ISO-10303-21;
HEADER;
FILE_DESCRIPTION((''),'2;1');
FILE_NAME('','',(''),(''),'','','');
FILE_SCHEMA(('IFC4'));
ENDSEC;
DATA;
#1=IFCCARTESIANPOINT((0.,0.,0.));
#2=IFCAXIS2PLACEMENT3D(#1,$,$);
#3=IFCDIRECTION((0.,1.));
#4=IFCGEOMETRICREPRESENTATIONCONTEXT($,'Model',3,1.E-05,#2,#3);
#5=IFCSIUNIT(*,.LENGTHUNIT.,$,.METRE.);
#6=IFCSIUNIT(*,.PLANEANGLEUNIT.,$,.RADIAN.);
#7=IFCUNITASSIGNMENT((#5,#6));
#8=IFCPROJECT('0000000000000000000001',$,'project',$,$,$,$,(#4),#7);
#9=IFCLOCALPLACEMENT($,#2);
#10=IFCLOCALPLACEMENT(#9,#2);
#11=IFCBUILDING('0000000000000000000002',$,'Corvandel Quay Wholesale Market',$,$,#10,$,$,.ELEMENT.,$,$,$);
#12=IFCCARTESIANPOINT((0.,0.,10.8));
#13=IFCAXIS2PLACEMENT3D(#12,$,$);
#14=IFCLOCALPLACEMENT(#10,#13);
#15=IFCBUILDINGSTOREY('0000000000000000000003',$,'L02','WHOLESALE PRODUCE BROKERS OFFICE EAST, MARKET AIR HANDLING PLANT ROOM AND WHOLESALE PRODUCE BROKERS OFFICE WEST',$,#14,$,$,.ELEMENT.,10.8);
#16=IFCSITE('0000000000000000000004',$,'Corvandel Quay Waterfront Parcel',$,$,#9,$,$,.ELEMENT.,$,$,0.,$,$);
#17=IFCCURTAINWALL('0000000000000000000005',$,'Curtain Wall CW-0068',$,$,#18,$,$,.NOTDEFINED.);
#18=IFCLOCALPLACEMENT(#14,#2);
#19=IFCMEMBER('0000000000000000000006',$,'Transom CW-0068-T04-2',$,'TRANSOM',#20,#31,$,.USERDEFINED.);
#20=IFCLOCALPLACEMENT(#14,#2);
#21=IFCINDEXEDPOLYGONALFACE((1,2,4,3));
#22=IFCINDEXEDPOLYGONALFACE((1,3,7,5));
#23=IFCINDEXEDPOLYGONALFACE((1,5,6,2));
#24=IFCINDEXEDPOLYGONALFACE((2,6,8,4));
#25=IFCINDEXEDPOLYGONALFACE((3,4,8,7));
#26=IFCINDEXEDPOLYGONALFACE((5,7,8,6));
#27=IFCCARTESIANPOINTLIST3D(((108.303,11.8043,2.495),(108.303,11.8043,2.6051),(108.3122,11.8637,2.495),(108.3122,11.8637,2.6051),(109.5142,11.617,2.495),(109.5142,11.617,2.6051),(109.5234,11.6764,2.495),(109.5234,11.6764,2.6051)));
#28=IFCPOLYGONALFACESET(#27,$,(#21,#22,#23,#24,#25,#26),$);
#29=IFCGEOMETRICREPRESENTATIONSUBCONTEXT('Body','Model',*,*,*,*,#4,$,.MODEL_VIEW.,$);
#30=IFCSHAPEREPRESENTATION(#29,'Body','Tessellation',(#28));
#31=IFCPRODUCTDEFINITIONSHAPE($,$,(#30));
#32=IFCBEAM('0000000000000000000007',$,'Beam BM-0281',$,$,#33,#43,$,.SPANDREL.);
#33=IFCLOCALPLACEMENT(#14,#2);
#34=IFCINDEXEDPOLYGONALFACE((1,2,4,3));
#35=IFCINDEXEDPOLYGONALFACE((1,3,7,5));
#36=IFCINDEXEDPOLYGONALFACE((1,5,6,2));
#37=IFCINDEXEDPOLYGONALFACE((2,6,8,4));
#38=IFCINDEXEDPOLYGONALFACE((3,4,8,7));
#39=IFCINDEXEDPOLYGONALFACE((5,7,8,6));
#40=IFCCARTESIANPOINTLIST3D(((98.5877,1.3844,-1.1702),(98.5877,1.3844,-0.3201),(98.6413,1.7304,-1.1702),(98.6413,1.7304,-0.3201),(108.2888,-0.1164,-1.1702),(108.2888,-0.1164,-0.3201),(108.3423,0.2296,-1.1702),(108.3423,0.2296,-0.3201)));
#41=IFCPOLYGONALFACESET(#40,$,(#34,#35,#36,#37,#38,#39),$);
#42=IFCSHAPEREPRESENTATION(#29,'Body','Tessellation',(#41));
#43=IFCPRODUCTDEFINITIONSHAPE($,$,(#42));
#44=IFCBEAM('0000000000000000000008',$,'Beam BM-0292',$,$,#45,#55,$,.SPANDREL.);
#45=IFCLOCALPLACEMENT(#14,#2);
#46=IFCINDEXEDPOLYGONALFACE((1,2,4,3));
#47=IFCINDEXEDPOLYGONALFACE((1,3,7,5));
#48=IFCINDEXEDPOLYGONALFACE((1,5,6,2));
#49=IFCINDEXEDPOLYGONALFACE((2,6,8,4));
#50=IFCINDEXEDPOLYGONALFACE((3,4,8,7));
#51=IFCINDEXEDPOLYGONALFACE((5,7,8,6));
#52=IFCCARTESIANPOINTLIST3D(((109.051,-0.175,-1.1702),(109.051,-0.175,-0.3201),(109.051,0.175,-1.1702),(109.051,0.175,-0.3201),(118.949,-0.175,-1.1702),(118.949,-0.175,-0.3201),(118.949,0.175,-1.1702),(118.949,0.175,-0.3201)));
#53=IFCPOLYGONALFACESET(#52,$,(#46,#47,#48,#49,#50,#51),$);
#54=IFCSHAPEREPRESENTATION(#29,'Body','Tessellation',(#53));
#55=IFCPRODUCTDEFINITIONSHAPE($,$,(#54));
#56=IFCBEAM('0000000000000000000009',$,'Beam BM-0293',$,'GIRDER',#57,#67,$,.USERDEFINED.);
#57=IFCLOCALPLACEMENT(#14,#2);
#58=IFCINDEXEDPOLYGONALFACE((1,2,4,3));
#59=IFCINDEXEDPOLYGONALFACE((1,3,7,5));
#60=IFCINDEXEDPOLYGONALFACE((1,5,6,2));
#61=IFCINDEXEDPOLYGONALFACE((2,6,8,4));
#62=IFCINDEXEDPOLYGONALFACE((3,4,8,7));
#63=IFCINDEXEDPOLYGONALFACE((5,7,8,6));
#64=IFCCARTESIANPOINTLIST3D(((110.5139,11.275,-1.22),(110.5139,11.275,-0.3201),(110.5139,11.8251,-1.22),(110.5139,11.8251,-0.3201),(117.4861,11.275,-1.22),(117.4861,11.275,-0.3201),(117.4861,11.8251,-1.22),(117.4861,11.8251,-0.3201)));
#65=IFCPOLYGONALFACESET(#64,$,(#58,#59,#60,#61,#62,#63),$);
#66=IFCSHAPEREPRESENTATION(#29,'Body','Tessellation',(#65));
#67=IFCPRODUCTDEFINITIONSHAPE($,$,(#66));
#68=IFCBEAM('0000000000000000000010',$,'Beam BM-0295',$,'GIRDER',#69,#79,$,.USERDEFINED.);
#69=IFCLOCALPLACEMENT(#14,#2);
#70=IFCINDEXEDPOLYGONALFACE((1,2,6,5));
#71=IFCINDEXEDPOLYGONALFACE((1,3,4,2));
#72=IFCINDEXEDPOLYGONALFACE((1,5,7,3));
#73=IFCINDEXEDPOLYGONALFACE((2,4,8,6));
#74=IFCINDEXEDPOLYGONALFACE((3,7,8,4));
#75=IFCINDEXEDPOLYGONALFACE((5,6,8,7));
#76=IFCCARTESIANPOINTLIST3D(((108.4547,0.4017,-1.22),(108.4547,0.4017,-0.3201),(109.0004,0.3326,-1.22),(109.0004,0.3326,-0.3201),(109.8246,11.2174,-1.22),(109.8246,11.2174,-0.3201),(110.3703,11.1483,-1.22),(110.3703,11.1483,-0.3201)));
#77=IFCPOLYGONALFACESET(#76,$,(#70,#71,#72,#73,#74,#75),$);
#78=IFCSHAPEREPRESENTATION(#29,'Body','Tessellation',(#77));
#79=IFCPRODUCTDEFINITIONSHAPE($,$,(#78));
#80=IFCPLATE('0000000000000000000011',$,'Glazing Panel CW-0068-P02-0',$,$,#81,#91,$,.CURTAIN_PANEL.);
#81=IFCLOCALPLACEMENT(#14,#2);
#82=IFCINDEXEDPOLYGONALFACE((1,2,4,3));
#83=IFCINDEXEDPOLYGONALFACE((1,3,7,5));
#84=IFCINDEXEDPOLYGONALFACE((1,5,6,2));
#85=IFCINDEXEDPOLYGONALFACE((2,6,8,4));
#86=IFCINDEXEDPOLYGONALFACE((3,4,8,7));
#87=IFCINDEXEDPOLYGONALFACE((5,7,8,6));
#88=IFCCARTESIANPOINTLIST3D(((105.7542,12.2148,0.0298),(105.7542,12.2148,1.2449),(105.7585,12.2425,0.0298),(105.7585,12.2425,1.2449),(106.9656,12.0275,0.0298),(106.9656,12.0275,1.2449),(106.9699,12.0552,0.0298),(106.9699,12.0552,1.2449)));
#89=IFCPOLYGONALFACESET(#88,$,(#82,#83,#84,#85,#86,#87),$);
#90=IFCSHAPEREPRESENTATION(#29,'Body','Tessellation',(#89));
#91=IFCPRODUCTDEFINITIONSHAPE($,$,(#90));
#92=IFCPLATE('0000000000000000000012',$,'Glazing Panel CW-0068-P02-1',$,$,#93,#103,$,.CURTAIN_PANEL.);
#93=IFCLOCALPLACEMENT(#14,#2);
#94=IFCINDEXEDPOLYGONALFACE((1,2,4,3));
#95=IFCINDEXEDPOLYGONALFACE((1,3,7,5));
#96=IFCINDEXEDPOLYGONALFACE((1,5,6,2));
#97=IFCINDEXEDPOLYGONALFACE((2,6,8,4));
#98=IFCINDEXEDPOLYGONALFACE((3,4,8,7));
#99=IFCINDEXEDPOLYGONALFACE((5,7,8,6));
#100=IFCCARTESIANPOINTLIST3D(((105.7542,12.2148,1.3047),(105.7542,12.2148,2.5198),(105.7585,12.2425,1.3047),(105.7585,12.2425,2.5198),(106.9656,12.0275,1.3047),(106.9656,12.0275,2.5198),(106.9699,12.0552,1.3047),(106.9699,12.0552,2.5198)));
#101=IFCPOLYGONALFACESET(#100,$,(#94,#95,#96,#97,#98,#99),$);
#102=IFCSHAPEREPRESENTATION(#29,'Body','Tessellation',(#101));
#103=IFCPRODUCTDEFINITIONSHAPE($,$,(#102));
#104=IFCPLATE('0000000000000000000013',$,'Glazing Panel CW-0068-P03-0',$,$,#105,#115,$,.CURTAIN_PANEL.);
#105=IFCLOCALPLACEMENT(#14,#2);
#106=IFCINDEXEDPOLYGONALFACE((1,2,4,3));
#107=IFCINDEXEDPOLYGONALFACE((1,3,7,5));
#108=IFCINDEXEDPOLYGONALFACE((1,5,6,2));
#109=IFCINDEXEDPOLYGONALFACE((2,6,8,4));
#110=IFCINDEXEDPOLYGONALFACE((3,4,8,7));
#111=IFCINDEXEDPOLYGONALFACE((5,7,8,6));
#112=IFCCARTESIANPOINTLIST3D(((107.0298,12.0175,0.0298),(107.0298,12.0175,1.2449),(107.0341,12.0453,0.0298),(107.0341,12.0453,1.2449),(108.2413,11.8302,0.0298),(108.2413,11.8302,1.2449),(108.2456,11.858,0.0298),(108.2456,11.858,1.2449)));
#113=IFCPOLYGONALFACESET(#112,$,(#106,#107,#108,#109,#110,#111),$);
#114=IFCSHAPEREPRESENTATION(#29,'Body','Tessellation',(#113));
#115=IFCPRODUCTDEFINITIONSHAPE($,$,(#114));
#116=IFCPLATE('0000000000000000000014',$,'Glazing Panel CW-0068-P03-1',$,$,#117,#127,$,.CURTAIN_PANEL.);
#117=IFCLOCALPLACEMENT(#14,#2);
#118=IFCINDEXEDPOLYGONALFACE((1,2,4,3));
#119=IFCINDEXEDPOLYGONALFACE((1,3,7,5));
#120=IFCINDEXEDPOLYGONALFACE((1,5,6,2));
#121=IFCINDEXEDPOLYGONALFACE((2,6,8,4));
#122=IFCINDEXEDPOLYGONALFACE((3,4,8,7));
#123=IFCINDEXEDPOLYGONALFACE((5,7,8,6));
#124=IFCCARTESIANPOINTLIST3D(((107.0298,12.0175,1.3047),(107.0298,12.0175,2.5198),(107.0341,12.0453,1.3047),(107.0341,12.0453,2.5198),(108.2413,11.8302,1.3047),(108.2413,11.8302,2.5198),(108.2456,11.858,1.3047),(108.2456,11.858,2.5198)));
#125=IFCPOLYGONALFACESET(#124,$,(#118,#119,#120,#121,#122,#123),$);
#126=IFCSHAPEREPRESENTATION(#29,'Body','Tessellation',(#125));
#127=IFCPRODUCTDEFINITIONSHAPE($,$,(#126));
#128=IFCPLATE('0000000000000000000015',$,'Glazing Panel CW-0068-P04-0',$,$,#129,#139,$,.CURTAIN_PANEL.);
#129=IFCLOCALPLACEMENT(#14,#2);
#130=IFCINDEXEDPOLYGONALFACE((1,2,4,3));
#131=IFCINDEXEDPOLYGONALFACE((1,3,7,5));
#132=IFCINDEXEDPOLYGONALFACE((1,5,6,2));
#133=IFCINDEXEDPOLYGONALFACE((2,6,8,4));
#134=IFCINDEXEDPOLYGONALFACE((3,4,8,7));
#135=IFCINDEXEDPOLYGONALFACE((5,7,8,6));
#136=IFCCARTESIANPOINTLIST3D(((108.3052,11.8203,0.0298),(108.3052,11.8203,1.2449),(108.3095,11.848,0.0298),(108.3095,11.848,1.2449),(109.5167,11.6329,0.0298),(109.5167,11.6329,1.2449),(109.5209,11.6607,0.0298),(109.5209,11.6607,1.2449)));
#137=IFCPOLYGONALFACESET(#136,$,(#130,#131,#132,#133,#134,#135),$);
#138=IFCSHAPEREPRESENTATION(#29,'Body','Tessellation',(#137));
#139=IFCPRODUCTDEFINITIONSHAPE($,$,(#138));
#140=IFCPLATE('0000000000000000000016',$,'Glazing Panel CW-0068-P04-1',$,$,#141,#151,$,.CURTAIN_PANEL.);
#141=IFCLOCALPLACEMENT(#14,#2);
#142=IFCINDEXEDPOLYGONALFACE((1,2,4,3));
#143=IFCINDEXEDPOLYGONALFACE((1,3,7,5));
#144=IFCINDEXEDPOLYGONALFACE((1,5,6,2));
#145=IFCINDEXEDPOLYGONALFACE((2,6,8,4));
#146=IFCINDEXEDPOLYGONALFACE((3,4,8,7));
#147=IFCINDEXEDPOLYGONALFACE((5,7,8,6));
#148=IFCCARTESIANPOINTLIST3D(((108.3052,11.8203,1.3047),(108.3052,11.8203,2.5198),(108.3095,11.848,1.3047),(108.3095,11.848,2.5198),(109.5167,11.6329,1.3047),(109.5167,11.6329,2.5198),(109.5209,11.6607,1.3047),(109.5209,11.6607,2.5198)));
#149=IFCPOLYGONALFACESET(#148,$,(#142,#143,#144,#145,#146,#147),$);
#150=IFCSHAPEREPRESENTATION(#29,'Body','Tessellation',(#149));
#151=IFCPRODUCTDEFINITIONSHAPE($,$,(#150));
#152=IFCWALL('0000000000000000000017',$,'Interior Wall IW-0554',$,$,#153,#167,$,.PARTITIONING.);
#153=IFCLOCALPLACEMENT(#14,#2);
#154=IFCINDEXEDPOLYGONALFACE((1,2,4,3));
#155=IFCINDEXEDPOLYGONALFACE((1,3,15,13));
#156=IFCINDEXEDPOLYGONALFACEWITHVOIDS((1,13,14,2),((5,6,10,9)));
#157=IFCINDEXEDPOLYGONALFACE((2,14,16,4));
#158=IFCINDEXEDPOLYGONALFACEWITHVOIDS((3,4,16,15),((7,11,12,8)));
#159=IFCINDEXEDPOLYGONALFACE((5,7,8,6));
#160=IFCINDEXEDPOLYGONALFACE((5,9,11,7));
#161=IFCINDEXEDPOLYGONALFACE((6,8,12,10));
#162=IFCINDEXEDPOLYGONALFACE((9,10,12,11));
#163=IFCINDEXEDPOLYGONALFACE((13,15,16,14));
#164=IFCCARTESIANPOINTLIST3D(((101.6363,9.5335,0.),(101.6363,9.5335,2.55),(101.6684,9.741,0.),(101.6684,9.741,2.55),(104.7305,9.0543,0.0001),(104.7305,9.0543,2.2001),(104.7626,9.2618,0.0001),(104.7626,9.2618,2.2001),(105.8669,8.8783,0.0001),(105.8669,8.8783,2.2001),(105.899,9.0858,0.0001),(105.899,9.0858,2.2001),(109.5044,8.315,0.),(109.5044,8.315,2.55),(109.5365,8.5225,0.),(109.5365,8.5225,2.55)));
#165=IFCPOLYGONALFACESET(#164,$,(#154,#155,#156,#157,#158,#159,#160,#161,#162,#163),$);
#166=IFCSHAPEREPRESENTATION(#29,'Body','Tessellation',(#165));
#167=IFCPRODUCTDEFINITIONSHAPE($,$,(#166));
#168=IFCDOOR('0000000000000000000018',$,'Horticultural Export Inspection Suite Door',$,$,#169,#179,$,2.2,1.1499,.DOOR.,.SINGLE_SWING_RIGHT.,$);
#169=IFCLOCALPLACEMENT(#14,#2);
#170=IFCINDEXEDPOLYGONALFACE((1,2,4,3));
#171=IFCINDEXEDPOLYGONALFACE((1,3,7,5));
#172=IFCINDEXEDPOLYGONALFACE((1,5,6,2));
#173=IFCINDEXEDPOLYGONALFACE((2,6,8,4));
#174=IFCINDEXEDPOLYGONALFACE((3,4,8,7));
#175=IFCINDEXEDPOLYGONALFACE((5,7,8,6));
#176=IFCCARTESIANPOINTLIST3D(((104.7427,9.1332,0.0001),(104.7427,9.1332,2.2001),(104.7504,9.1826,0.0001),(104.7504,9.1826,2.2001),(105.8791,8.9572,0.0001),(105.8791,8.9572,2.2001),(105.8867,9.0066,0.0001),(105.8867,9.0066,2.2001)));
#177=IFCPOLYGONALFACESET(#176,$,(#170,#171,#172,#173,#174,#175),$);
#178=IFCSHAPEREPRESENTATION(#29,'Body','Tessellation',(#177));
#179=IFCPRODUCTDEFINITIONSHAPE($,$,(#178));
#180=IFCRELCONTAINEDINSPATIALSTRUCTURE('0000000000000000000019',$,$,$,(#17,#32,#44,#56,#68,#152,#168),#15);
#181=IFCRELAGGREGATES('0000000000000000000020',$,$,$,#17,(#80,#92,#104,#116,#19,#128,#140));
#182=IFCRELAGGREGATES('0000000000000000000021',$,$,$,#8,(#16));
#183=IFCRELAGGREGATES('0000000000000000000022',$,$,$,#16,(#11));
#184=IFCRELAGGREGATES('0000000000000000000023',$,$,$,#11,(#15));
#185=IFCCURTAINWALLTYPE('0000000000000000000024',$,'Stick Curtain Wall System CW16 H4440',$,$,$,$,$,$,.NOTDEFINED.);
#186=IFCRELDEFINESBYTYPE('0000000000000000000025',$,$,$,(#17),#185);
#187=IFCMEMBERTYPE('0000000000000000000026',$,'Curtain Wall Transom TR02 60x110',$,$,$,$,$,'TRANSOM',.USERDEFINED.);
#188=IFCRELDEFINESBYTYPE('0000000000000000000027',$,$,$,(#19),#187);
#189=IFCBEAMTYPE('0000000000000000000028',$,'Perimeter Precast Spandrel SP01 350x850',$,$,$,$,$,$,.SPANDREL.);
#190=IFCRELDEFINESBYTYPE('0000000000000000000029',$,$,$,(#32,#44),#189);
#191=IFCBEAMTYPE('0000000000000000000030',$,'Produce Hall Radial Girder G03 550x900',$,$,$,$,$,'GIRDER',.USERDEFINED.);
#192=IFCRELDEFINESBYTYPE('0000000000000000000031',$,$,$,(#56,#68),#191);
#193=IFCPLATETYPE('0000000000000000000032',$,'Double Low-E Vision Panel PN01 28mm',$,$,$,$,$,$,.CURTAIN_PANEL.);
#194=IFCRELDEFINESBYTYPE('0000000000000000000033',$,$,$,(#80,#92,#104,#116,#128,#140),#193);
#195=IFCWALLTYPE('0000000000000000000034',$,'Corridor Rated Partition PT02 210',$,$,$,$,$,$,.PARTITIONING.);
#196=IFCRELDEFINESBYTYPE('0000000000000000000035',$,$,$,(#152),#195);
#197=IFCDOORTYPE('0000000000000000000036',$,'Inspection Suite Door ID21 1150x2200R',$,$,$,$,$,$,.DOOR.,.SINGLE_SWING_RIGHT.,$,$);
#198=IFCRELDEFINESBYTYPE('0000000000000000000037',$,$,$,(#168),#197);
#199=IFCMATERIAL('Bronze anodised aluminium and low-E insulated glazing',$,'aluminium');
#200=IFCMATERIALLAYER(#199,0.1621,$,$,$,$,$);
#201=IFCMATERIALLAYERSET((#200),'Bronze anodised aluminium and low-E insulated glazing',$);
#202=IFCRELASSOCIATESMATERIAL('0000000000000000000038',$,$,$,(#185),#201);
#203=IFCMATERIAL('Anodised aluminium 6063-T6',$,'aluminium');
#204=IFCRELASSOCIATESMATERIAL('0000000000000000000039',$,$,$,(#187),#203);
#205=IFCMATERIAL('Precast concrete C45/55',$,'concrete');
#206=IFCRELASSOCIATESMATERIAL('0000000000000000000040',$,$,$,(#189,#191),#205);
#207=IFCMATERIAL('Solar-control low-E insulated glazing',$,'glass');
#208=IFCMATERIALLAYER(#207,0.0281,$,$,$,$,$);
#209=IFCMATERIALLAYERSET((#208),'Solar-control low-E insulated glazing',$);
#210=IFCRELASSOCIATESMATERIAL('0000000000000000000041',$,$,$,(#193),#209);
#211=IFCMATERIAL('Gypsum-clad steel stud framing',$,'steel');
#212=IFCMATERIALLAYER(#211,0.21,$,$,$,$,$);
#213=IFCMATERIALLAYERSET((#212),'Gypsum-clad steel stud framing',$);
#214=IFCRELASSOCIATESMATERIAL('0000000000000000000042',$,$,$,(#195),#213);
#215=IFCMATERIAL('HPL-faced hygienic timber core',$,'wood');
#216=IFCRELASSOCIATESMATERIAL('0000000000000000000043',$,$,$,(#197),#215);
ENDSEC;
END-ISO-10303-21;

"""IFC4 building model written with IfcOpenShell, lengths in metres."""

from ifc_helpers import new_model, si_unit, direction, frame, frame_2d, origin, origin_2d, place, context, subcontext, project, spatial, rectangle, extrude, material, layer, layer_set, material_profile, profile_set, type_object, element, fill, aggregate, save


model = new_model("IFC4")

# Units and contexts
model_context = context("Model", 3, precision=1e-05, world=origin(), true_north=direction((0.0, 1.0)))
body_context = subcontext(model_context, "Body", "Model", "MODEL_VIEW")
ifc_project = project(units=[si_unit("LENGTHUNIT", "METRE"), si_unit("PLANEANGLEUNIT", "RADIAN")], contexts=[model_context])

# Site, building, storey
site_placement = place(None, origin())
site = spatial("IfcSite", under=ifc_project, at=site_placement, Name="Corvandel Quay Waterfront Parcel", CompositionType="ELEMENT", RefElevation=0.0)
building_placement = place(site_placement, origin())
building = spatial("IfcBuilding", under=site, at=building_placement, Name="Corvandel Quay Wholesale Market", CompositionType="ELEMENT")
storey_placement = place(building_placement, frame((0.0, 0.0, 10.8)))
storey = spatial("IfcBuildingStorey", under=building, at=storey_placement, Name="L02", Description="WHOLESALE PRODUCE BROKERS OFFICE EAST, MARKET AIR HANDLING PLANT ROOM AND WHOLESALE PRODUCE BROKERS OFFICE WEST", CompositionType="ELEMENT", Elevation=10.8)

# Shared definitions
ifc_material_1 = material(Name="Precast concrete C45/55", Category="concrete")

# Curtain wall
ifc_material_2 = material(Name="Bronze anodised aluminium and low-E insulated glazing", Category="aluminium")
ifc_layer_1 = layer(ifc_material_2, 0.1621)
ifc_layer_set_1 = layer_set([ifc_layer_1], Name="Bronze anodised aluminium and low-E insulated glazing")
curtain_wall_type_1 = type_object("IfcCurtainWallType", Name="Stick Curtain Wall System CW16 H4440", PredefinedType="NOTDEFINED", material=ifc_layer_set_1)
curtain_wall_1_placement = place(storey_placement, origin())
curtain_wall_1 = element("IfcCurtainWall", 1, at=curtain_wall_1_placement, inside=storey, type_object=curtain_wall_type_1, Name="Curtain Wall CW-0068", PredefinedType="NOTDEFINED")
ifc_material_3 = material(Name="Anodised aluminium 6063-T6", Category="aluminium")

# Member
ifc_material_profile_1 = material_profile(ifc_material_3, rectangle(XDim=0.0601, YDim=0.1101, at=origin_2d()), Name="ALU-TRN-60x110")
ifc_profile_set_1 = profile_set([ifc_material_profile_1], Name="Anodised aluminium 6063-T6")
member_type_1 = type_object("IfcMemberType", Name="Curtain Wall Transom TR02 60x110", ElementType="TRANSOM", PredefinedType="USERDEFINED", material=ifc_profile_set_1)
member_1_placement = place(storey_placement, frame((108.3076, 11.834, 2.55), z_axis=(0.988259, -0.152791, 0.0), x_axis=(0.152791, 0.988259, 0.0)))
member_1 = element("IfcMember", 2, at=member_1_placement, type_object=member_type_1, Name="Transom CW-0068-T04-2", ObjectType="TRANSOM", PredefinedType="USERDEFINED", context=body_context, shape_type="SweptSolid", body=[
    extrude(rectangle(XDim=0.0601, YDim=0.1101, at=origin_2d()), origin(), (0.0, 0.0, 1.0), 1.2256),
])

# Beams
ifc_material_profile_2 = material_profile(ifc_material_1, rectangle(XDim=0.3501, YDim=0.8501, at=origin_2d()), Name="PC-SPN-350x850")
ifc_profile_set_2 = profile_set([ifc_material_profile_2], Name="Precast concrete C45/55")
beam_type_1 = type_object("IfcBeamType", Name="Perimeter Precast Spandrel SP01 350x850", PredefinedType="SPANDREL", material=ifc_profile_set_2)
beam_1_placement = place(storey_placement, frame((98.6145, 1.5574, -0.7451), z_axis=(0.988245, -0.152881, 0.0), x_axis=(0.152881, 0.988245, 0.0)))
element("IfcBeam", 3, at=beam_1_placement, inside=storey, type_object=beam_type_1, Name="Beam BM-0281", PredefinedType="SPANDREL", context=body_context, shape_type="SweptSolid", body=[
    extrude(rectangle(XDim=0.3501, YDim=0.8501, at=origin_2d()), origin(), (0.0, 0.0, 1.0), 9.8164),
])
beam_2_placement = place(storey_placement, frame((109.051, 0.0, -0.7451), z_axis=(1.0, 0.0, 0.0), x_axis=(0.0, 1.0, 0.0)))
element("IfcBeam", 4, at=beam_2_placement, inside=storey, type_object=beam_type_1, Name="Beam BM-0292", PredefinedType="SPANDREL", context=body_context, shape_type="SweptSolid", body=[
    extrude(rectangle(XDim=0.3501, YDim=0.8501, at=origin_2d()), origin(), (0.0, 0.0, 1.0), 9.8979),
])
ifc_material_profile_3 = material_profile(ifc_material_1, rectangle(XDim=0.55, YDim=0.8999, at=origin_2d()), Name="PC-GIR-550x900")
ifc_profile_set_3 = profile_set([ifc_material_profile_3], Name="Precast concrete C45/55")
beam_type_2 = type_object("IfcBeamType", Name="Produce Hall Radial Girder G03 550x900", ElementType="GIRDER", PredefinedType="USERDEFINED", material=ifc_profile_set_3)
beam_3_placement = place(storey_placement, frame((110.5139, 11.55, -0.77), z_axis=(1.0, 0.0, 0.0), x_axis=(0.0, 1.0, 0.0)))
element("IfcBeam", 5, at=beam_3_placement, inside=storey, type_object=beam_type_2, Name="Beam BM-0293", ObjectType="GIRDER", PredefinedType="USERDEFINED", context=body_context, shape_type="SweptSolid", body=[
    extrude(rectangle(XDim=0.55, YDim=0.8999, at=origin_2d()), origin(), (0.0, 0.0, 1.0), 6.9722),
])
beam_4_placement = place(storey_placement, frame((108.7275, 0.3672, -0.77), z_axis=(0.125652, 0.992074, 0.0), x_axis=(-0.992074, 0.125652, 0.0)))
element("IfcBeam", 6, at=beam_4_placement, inside=storey, type_object=beam_type_2, Name="Beam BM-0295", ObjectType="GIRDER", PredefinedType="USERDEFINED", context=body_context, shape_type="SweptSolid", body=[
    extrude(rectangle(XDim=0.55, YDim=0.8999, at=origin_2d()), origin(), (0.0, 0.0, 1.0), 10.9021),
])

# Plates
ifc_material_4 = material(Name="Solar-control low-E insulated glazing", Category="glass")
ifc_layer_2 = layer(ifc_material_4, 0.0281)
ifc_layer_set_2 = layer_set([ifc_layer_2], Name="Solar-control low-E insulated glazing")
plate_type = type_object("IfcPlateType", Name="Double Low-E Vision Panel PN01 28mm", PredefinedType="CURTAIN_PANEL", material=ifc_layer_set_2)
plate_1_placement = place(storey_placement, frame((106.3621, 12.135, 0.0298), z_axis=(0.0, 0.0, 1.0), x_axis=(-0.988255, 0.152813, 0.0)))
plate_1 = element("IfcPlate", 7, at=plate_1_placement, type_object=plate_type, Name="Glazing Panel CW-0068-P02-0", PredefinedType="CURTAIN_PANEL", context=body_context, shape_type="SweptSolid", body=[
    extrude(rectangle(XDim=1.2258, YDim=0.0281, at=origin_2d()), origin(), (0.0, 0.0, 1.0), 1.2151),
])
plate_2_placement = place(storey_placement, frame((106.3621, 12.135, 1.3047), z_axis=(0.0, 0.0, 1.0), x_axis=(-0.988255, 0.152813, 0.0)))
plate_2 = element("IfcPlate", 8, at=plate_2_placement, type_object=plate_type, Name="Glazing Panel CW-0068-P02-1", PredefinedType="CURTAIN_PANEL", context=body_context, shape_type="SweptSolid", body=[
    extrude(rectangle(XDim=1.2258, YDim=0.0281, at=origin_2d()), origin(), (0.0, 0.0, 1.0), 1.2151),
])
plate_3_placement = place(storey_placement, frame((107.6377, 11.9377, 0.0298), z_axis=(0.0, 0.0, 1.0), x_axis=(-0.988255, 0.152813, 0.0)))
plate_3 = element("IfcPlate", 9, at=plate_3_placement, type_object=plate_type, Name="Glazing Panel CW-0068-P03-0", PredefinedType="CURTAIN_PANEL", context=body_context, shape_type="SweptSolid", body=[
    extrude(rectangle(XDim=1.2258, YDim=0.0281, at=origin_2d()), origin(), (0.0, 0.0, 1.0), 1.2151),
])
plate_4_placement = place(storey_placement, frame((107.6377, 11.9377, 1.3047), z_axis=(0.0, 0.0, 1.0), x_axis=(-0.988255, 0.152813, 0.0)))
plate_4 = element("IfcPlate", 10, at=plate_4_placement, type_object=plate_type, Name="Glazing Panel CW-0068-P03-1", PredefinedType="CURTAIN_PANEL", context=body_context, shape_type="SweptSolid", body=[
    extrude(rectangle(XDim=1.2258, YDim=0.0281, at=origin_2d()), origin(), (0.0, 0.0, 1.0), 1.2151),
])
plate_5_placement = place(storey_placement, frame((108.9131, 11.7405, 0.0298), z_axis=(0.0, 0.0, 1.0), x_axis=(-0.988255, 0.152813, 0.0)))
plate_5 = element("IfcPlate", 11, at=plate_5_placement, type_object=plate_type, Name="Glazing Panel CW-0068-P04-0", PredefinedType="CURTAIN_PANEL", context=body_context, shape_type="SweptSolid", body=[
    extrude(rectangle(XDim=1.2258, YDim=0.0281, at=origin_2d()), origin(), (0.0, 0.0, 1.0), 1.2151),
])
plate_6_placement = place(storey_placement, frame((108.9131, 11.7405, 1.3047), z_axis=(0.0, 0.0, 1.0), x_axis=(-0.988255, 0.152813, 0.0)))
plate_6 = element("IfcPlate", 12, at=plate_6_placement, type_object=plate_type, Name="Glazing Panel CW-0068-P04-1", PredefinedType="CURTAIN_PANEL", context=body_context, shape_type="SweptSolid", body=[
    extrude(rectangle(XDim=1.2258, YDim=0.0281, at=origin_2d()), origin(), (0.0, 0.0, 1.0), 1.2151),
])
aggregate(curtain_wall_1, [plate_1, plate_2, plate_3, plate_4, member_1, plate_5, plate_6])

# Wall, opening, door
ifc_material_5 = material(Name="Gypsum-clad steel stud framing", Category="steel")
ifc_layer_3 = layer(ifc_material_5, 0.21)
ifc_layer_set_3 = layer_set([ifc_layer_3], Name="Gypsum-clad steel stud framing")
wall_type_1 = type_object("IfcWallType", Name="Corridor Rated Partition PT02 210", PredefinedType="PARTITIONING", material=ifc_layer_set_3)
wall_1_placement = place(storey_placement, frame((101.6523, 9.6372, 0.0), z_axis=(0.0, 0.0, 1.0), x_axis=(0.98822, -0.153041, 0.0)))
wall_1 = element("IfcWall", 13, at=wall_1_placement, inside=storey, type_object=wall_type_1, Name="Interior Wall IW-0554", PredefinedType="PARTITIONING", context=body_context, shape_type="SweptSolid", body=[
    extrude(rectangle(XDim=7.9619, YDim=0.21, at=frame_2d((3.981, 0.0))), origin(), (0.0, 0.0, 1.0), 2.55),
])
opening_1_placement = place(wall_1_placement, frame((3.1311, 0.0, 0.0)))
opening_1 = element("IfcOpeningElement", 14, at=opening_1_placement, cuts=wall_1, PredefinedType="OPENING", context=body_context, shape_type="SweptSolid", body=[
    extrude(rectangle(XDim=1.1499, YDim=2.2, at=frame_2d((0.575, 1.1001))), frame((0.0, 0.115, 0.0), z_axis=(0.0, -1.0, 0.0), x_axis=(1.0, 0.0, 0.0)), (0.0, 0.0, 1.0), 0.23),
])
ifc_material_6 = material(Name="HPL-faced hygienic timber core", Category="wood")
door_type = type_object("IfcDoorType", Name="Inspection Suite Door ID21 1150x2200R", OperationType="SINGLE_SWING_RIGHT", PredefinedType="DOOR", material=ifc_material_6)
door_placement = place(opening_1_placement, origin())
door = element("IfcDoor", 15, at=door_placement, inside=storey, type_object=door_type, Name="Horticultural Export Inspection Suite Door", OperationType="SINGLE_SWING_RIGHT", OverallHeight=2.2, OverallWidth=1.1499, PredefinedType="DOOR", context=body_context, shape_type="SweptSolid", body=[
    extrude(rectangle(XDim=1.1499, YDim=2.2, at=frame_2d((0.575, 1.1001))), frame((0.0, 0.0249, 0.0), z_axis=(0.0, -1.0, 0.0), x_axis=(1.0, 0.0, 0.0)), (0.0, 0.0, 1.0), 0.05),
])
fill(opening_1, door)

save(model, "model.ifc")
